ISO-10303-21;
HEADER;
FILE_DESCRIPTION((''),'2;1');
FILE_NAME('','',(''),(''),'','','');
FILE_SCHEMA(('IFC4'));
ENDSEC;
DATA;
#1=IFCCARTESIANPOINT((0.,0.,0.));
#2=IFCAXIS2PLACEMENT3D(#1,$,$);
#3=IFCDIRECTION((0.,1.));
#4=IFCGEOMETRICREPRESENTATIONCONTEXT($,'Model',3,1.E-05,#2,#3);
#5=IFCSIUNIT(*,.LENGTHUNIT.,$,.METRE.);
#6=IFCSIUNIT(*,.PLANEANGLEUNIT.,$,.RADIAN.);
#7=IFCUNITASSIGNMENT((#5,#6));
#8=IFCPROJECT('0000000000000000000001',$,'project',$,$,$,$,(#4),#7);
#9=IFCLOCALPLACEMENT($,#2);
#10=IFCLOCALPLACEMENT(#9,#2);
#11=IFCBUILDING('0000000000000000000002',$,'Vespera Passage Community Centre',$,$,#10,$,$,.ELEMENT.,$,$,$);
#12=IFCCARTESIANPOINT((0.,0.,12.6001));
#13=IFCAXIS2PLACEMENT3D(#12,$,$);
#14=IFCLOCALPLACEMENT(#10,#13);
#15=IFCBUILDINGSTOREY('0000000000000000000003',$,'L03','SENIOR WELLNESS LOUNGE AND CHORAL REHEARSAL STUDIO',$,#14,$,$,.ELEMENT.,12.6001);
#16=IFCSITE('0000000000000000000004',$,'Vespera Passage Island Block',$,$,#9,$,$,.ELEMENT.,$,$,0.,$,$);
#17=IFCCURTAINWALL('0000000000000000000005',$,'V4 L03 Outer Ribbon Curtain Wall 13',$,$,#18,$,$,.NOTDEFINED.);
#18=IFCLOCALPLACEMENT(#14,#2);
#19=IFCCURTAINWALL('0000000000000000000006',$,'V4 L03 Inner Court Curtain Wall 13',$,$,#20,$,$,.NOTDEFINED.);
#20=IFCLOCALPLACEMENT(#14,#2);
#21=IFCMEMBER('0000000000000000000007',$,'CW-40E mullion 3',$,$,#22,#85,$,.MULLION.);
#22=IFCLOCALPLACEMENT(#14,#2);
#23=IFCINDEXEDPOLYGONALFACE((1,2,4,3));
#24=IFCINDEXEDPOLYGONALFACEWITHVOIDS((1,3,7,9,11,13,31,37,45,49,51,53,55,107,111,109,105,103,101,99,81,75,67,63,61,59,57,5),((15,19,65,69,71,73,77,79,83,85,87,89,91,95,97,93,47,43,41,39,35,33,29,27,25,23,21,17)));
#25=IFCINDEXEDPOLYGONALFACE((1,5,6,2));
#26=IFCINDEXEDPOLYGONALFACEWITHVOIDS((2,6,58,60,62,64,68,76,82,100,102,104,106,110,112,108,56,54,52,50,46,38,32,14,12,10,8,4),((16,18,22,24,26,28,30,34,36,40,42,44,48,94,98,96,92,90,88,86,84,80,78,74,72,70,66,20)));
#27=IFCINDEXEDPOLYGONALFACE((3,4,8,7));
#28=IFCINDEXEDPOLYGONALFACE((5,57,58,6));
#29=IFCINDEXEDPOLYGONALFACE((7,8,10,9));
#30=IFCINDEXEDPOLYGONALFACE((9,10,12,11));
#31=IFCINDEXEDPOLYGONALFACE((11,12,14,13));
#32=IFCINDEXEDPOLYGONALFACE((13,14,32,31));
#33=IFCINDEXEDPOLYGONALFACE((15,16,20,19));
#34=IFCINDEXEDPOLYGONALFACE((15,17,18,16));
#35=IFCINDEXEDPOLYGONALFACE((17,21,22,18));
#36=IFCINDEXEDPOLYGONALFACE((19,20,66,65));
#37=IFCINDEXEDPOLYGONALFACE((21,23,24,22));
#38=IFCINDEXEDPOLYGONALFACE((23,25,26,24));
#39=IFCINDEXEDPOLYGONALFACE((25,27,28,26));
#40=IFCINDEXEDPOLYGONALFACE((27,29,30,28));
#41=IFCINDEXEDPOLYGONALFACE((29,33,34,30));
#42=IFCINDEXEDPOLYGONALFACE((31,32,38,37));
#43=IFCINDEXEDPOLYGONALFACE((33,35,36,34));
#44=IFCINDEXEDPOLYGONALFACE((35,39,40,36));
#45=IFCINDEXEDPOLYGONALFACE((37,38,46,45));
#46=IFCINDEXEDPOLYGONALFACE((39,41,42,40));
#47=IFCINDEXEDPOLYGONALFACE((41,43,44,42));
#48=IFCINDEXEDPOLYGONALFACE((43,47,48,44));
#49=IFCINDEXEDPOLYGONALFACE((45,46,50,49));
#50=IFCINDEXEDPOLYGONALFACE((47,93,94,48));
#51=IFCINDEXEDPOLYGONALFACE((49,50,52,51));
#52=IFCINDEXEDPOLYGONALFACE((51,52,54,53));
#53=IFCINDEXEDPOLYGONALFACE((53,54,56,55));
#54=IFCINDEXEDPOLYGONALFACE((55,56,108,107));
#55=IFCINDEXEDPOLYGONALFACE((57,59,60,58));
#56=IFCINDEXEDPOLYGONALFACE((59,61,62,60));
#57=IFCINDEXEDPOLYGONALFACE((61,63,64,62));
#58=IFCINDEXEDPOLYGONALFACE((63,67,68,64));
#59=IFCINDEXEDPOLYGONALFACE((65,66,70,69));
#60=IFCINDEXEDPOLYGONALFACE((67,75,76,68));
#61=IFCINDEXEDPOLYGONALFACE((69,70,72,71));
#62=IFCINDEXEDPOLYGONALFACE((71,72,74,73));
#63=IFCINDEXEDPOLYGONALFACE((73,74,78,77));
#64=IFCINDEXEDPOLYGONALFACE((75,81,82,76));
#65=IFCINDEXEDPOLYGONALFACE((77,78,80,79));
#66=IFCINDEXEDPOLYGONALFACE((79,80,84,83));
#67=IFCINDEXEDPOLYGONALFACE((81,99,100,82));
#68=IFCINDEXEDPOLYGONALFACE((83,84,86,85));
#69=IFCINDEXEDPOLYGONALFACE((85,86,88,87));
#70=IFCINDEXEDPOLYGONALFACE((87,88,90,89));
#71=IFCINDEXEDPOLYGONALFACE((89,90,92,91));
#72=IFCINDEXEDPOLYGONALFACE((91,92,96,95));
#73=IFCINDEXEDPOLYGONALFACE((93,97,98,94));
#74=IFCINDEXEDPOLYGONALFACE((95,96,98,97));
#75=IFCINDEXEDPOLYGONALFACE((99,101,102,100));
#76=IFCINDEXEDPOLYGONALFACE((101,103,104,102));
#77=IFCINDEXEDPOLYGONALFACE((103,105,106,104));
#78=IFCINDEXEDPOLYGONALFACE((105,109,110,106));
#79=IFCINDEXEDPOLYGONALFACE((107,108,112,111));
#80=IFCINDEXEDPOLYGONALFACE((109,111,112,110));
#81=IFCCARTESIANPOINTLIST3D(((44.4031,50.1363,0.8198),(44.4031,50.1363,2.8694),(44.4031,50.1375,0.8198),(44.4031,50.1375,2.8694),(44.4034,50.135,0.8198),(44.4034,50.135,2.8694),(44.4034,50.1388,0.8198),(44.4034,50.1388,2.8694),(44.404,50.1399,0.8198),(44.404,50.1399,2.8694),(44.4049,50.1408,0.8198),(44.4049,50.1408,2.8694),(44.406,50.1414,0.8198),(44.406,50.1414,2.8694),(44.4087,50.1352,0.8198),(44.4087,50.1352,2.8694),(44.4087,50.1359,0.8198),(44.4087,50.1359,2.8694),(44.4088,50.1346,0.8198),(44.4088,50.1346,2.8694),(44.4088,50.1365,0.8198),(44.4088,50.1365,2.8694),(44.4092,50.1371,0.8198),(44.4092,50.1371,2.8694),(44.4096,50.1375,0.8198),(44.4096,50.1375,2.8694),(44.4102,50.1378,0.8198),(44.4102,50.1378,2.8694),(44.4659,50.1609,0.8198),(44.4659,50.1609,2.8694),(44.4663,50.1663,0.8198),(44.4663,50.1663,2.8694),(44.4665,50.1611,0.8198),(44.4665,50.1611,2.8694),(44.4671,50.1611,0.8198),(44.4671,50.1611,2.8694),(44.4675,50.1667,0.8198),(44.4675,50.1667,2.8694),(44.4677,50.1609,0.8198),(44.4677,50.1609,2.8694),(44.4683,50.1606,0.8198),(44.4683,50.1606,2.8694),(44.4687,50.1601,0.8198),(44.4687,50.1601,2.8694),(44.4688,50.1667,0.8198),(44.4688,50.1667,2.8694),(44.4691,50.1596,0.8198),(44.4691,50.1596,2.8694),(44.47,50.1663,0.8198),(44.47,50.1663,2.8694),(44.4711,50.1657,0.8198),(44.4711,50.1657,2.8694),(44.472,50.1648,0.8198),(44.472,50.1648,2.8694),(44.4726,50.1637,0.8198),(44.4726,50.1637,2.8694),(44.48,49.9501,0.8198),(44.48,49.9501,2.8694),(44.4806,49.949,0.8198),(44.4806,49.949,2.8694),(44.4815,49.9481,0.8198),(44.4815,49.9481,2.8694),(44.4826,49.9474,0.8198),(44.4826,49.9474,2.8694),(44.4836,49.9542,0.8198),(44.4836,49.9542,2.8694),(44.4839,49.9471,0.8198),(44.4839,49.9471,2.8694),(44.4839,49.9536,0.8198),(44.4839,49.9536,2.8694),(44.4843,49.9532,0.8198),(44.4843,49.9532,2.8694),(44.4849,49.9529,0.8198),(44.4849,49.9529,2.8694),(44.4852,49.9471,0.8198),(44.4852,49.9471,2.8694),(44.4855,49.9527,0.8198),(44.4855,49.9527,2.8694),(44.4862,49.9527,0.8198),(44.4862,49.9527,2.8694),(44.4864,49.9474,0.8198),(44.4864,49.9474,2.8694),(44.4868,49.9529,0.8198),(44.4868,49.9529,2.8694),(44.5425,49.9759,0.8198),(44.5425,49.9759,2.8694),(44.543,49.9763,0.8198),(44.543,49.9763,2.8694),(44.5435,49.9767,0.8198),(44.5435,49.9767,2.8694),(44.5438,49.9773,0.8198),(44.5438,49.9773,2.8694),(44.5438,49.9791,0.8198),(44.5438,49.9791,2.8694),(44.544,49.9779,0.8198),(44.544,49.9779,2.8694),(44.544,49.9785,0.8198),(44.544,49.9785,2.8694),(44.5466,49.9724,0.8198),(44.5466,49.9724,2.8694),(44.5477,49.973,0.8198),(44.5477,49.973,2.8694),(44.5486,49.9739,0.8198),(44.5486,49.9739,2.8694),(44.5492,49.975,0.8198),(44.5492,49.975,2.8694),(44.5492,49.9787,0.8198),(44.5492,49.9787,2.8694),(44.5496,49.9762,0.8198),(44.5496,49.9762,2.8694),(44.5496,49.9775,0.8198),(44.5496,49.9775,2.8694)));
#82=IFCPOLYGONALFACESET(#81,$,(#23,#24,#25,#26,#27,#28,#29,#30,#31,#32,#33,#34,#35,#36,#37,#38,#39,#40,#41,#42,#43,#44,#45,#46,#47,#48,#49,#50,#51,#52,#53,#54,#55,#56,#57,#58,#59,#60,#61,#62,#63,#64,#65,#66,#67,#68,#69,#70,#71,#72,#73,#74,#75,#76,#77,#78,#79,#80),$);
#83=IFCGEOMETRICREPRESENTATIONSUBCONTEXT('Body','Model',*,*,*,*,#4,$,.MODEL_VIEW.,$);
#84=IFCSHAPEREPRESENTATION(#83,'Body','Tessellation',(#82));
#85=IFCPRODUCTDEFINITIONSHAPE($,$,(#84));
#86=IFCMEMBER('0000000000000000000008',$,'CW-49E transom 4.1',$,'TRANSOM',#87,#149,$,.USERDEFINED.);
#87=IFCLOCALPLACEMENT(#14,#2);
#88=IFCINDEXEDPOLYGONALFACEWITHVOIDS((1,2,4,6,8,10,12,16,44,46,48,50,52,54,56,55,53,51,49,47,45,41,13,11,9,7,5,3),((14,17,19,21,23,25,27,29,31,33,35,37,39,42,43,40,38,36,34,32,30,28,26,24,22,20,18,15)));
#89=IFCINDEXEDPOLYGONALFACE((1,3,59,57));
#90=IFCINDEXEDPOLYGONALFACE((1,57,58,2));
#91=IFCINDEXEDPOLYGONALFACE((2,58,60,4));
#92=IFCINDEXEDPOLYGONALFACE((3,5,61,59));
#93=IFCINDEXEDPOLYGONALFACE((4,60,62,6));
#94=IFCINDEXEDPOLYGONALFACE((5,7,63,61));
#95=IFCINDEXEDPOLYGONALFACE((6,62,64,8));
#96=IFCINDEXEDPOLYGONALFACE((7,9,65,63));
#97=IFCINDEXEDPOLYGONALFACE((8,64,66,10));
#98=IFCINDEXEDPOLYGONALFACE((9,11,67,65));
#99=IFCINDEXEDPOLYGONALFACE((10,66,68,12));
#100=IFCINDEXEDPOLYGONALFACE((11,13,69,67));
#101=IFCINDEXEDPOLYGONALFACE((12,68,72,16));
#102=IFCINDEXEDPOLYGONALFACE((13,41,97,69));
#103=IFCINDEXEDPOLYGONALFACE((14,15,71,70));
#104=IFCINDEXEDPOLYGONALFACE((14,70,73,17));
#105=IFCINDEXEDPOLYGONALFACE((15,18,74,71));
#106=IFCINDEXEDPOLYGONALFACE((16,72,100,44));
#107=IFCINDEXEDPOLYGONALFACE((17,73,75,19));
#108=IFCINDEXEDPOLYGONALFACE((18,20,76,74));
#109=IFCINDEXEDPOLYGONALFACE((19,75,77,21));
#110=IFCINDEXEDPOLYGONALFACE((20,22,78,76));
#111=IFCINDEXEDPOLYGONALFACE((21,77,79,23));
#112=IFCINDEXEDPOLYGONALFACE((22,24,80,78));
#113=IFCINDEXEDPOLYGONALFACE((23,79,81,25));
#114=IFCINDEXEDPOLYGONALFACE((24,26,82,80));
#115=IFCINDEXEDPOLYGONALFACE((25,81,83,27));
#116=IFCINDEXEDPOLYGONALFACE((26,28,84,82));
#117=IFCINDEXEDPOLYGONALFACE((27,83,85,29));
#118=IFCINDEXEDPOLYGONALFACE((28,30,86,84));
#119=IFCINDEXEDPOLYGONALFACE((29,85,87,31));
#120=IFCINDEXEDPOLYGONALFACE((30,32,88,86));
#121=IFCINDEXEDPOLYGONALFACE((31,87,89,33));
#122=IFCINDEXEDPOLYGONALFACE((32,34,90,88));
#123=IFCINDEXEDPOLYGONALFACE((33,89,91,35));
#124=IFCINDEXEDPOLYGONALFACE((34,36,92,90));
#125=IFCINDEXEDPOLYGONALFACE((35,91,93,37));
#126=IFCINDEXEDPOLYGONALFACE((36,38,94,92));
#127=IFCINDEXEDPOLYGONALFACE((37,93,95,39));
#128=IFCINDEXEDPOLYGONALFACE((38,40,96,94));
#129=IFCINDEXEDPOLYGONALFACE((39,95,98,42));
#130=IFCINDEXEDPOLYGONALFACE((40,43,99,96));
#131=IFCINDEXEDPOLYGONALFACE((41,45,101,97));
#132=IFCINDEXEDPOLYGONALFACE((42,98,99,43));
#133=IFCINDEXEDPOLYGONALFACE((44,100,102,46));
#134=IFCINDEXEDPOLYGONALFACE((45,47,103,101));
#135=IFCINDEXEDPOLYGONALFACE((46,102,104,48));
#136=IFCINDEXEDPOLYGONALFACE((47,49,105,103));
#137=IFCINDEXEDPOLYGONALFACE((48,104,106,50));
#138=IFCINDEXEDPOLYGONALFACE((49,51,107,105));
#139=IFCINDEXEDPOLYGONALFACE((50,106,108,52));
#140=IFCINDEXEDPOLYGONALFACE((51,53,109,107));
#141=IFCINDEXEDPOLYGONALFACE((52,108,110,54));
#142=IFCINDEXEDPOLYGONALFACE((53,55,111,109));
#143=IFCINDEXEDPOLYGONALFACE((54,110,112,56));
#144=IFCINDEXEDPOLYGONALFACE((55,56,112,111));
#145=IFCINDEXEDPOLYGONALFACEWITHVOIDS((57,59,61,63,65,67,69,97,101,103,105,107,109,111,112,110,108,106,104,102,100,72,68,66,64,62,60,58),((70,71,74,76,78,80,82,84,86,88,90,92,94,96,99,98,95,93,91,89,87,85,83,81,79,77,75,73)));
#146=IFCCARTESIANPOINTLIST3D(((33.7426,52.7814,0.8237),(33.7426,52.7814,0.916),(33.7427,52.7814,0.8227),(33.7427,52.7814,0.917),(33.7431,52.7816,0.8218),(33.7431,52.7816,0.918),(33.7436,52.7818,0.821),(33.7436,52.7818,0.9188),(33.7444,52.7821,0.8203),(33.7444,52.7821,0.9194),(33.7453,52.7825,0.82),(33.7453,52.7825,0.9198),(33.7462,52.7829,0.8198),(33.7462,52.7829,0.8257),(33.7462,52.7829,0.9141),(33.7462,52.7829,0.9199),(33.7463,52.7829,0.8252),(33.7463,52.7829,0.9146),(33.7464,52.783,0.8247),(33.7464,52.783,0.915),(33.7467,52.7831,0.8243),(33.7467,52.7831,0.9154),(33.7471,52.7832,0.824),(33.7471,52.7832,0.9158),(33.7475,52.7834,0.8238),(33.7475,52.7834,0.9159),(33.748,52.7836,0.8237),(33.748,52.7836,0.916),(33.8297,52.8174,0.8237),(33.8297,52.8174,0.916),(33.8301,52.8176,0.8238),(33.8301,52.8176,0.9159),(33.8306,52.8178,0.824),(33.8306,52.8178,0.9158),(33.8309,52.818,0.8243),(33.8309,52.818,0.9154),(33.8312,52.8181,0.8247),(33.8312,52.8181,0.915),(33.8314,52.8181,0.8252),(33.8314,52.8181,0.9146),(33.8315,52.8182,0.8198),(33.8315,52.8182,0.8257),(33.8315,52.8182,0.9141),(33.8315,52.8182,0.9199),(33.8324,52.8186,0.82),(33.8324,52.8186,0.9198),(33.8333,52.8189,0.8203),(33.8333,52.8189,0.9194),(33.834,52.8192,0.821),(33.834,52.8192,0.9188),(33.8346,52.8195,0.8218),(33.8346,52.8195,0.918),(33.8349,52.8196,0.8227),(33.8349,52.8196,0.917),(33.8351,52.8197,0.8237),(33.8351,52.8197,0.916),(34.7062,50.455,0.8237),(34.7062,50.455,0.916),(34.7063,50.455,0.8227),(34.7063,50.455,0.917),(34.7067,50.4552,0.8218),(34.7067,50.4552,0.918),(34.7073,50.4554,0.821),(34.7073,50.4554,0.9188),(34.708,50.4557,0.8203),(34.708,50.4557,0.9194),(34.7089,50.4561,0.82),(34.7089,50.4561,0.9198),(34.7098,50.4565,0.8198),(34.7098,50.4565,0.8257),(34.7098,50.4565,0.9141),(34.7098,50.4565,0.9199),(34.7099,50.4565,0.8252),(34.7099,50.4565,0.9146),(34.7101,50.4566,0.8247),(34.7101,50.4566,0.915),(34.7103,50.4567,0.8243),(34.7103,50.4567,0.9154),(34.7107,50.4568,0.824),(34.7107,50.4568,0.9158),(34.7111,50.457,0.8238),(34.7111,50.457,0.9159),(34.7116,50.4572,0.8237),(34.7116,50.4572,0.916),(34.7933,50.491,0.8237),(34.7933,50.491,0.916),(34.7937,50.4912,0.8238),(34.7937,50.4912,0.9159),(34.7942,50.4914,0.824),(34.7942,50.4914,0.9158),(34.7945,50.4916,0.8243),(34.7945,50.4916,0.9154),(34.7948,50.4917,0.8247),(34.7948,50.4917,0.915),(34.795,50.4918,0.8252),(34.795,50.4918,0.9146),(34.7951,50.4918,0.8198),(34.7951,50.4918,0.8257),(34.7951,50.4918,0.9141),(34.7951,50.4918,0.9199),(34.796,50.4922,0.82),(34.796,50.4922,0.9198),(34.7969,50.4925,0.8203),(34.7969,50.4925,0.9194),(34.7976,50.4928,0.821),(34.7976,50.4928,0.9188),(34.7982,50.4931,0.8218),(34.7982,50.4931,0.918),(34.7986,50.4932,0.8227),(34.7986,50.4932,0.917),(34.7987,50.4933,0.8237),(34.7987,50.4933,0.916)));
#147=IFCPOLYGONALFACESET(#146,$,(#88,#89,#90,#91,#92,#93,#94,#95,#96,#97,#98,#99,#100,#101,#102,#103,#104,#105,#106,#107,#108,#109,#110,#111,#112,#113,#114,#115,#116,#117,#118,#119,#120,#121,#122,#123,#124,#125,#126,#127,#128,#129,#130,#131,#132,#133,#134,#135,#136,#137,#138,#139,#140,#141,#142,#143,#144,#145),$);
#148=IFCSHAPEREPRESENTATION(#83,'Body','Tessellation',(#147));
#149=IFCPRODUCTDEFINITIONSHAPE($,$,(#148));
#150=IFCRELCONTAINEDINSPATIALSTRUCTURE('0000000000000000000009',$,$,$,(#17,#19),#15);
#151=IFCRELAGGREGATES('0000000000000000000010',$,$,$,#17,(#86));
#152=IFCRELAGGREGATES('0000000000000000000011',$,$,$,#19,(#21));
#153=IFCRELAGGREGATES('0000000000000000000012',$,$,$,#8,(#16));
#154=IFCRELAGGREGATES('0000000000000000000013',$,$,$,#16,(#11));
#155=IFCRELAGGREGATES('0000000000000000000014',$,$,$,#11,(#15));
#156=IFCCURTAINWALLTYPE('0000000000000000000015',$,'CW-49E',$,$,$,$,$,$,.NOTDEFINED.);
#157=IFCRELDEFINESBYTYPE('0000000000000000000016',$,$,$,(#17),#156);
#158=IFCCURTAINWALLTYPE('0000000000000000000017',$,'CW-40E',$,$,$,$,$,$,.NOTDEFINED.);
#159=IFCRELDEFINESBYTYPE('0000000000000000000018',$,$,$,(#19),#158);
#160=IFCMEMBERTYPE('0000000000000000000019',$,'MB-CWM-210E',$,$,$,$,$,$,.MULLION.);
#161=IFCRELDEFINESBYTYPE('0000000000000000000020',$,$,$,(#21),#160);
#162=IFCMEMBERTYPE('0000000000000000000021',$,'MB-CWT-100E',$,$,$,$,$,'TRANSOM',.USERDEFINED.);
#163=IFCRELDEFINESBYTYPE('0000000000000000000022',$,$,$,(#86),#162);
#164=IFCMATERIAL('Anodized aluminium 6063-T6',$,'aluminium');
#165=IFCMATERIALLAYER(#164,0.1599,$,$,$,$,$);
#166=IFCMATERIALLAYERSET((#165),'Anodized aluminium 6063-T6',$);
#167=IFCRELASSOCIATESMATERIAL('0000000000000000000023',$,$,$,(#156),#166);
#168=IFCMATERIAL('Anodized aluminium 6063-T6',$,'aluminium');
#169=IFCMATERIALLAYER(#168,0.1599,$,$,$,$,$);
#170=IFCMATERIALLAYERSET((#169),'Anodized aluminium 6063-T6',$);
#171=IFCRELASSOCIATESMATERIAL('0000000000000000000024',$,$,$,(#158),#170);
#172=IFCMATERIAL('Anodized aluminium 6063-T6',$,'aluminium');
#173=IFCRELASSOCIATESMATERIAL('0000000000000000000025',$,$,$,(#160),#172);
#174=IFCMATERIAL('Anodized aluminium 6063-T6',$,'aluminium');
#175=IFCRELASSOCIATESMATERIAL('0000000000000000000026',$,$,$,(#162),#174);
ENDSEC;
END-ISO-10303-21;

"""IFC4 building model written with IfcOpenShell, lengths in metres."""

from ifc_helpers import new_model, si_unit, direction, frame, origin, origin_2d, place, context, subcontext, project, spatial, hollow_rectangle, extrude, material, layer, layer_set, material_profile, profile_set, type_object, element, aggregate, save


model = new_model("IFC4")

# Units and contexts
model_context = context("Model", 3, precision=1e-05, world=origin(), true_north=direction((0.0, 1.0)))
body_context = subcontext(model_context, "Body", "Model", "MODEL_VIEW")
ifc_project = project(units=[si_unit("LENGTHUNIT", "METRE"), si_unit("PLANEANGLEUNIT", "RADIAN")], contexts=[model_context])

# Site, building, storey
site_placement = place(None, origin())
site = spatial("IfcSite", under=ifc_project, at=site_placement, Name="Vespera Passage Island Block", CompositionType="ELEMENT", RefElevation=0.0)
building_placement = place(site_placement, origin())
building = spatial("IfcBuilding", under=site, at=building_placement, Name="Vespera Passage Community Centre", CompositionType="ELEMENT")
storey_placement = place(building_placement, frame((0.0, 0.0, 12.6001)))
storey = spatial("IfcBuildingStorey", under=building, at=storey_placement, Name="L03", Description="SENIOR WELLNESS LOUNGE AND CHORAL REHEARSAL STUDIO", CompositionType="ELEMENT", Elevation=12.6001)

# Curtain walls, member
ifc_material_1 = material(Name="Anodized aluminium 6063-T6", Category="aluminium")
ifc_layer_1 = layer(ifc_material_1, 0.1599)
ifc_layer_set_1 = layer_set([ifc_layer_1], Name="Anodized aluminium 6063-T6")
curtain_wall_type_1 = type_object("IfcCurtainWallType", Name="CW-49E", PredefinedType="NOTDEFINED", material=ifc_layer_set_1)
curtain_wall_1_placement = place(storey_placement, origin())
curtain_wall_1 = element("IfcCurtainWall", 1, at=curtain_wall_1_placement, inside=storey, type_object=curtain_wall_type_1, Name="V4 L03 Outer Ribbon Curtain Wall 13", PredefinedType="NOTDEFINED")
ifc_material_2 = material(Name="Anodized aluminium 6063-T6", Category="aluminium")
ifc_layer_2 = layer(ifc_material_2, 0.1599)
ifc_layer_set_2 = layer_set([ifc_layer_2], Name="Anodized aluminium 6063-T6")
curtain_wall_type_2 = type_object("IfcCurtainWallType", Name="CW-40E", PredefinedType="NOTDEFINED", material=ifc_layer_set_2)
curtain_wall_2_placement = place(storey_placement, origin())
curtain_wall_2 = element("IfcCurtainWall", 2, at=curtain_wall_2_placement, inside=storey, type_object=curtain_wall_type_2, Name="V4 L03 Inner Court Curtain Wall 13", PredefinedType="NOTDEFINED")
ifc_material_3 = material(Name="Anodized aluminium 6063-T6", Category="aluminium")
ifc_material_profile_1 = material_profile(ifc_material_3, hollow_rectangle(XDim=0.075, YDim=0.21, WallThickness=0.0049, InnerFilletRadius=0.0024, OuterFilletRadius=0.0049, at=origin_2d()), Name="ALU210X75X5")
ifc_profile_set_1 = profile_set([ifc_material_profile_1], Name="Anodized aluminium 6063-T6")
member_type_1 = type_object("IfcMemberType", Name="MB-CWM-210E", PredefinedType="MULLION", material=ifc_profile_set_1)
member_1_placement = place(storey_placement, frame((44.4763, 50.0569, 0.8198), z_axis=(0.0, 0.0, 1.0), x_axis=(0.923877, 0.38269, 0.0)))
member_1 = element("IfcMember", 3, at=member_1_placement, type_object=member_type_1, Name="CW-40E mullion 3", PredefinedType="MULLION", context=body_context, shape_type="SweptSolid", body=[
    extrude(hollow_rectangle(XDim=0.075, YDim=0.21, WallThickness=0.0049, InnerFilletRadius=0.0024, OuterFilletRadius=0.0049, at=origin_2d()), origin(), (0.0, 0.0, 1.0), 2.0496),
])

# Member
ifc_material_4 = material(Name="Anodized aluminium 6063-T6", Category="aluminium")
ifc_material_profile_2 = material_profile(ifc_material_4, hollow_rectangle(XDim=0.1001, YDim=0.1001, WallThickness=0.0039, InnerFilletRadius=0.002, OuterFilletRadius=0.0039, at=origin_2d()), Name="ALU100X100X4")
ifc_profile_set_2 = profile_set([ifc_material_profile_2], Name="Anodized aluminium 6063-T6")
member_type_2 = type_object("IfcMemberType", Name="MB-CWT-100E", ElementType="TRANSOM", PredefinedType="USERDEFINED", material=ifc_profile_set_2)
member_2_placement = place(storey_placement, frame((34.7524, 50.4741, 0.8699), z_axis=(-0.38268, 0.923881, 0.0), x_axis=(-0.923881, -0.38268, 0.0)))
member_2 = element("IfcMember", 4, at=member_2_placement, type_object=member_type_2, Name="CW-49E transom 4.1", ObjectType="TRANSOM", PredefinedType="USERDEFINED", context=body_context, shape_type="SweptSolid", body=[
    extrude(hollow_rectangle(XDim=0.1001, YDim=0.1001, WallThickness=0.0039, InnerFilletRadius=0.002, OuterFilletRadius=0.0039, at=origin_2d()), origin(), (0.0, 0.0, 1.0), 2.5181),
])

aggregate(curtain_wall_1, [member_2])
aggregate(curtain_wall_2, [member_1])

save(model, "model.ifc")
